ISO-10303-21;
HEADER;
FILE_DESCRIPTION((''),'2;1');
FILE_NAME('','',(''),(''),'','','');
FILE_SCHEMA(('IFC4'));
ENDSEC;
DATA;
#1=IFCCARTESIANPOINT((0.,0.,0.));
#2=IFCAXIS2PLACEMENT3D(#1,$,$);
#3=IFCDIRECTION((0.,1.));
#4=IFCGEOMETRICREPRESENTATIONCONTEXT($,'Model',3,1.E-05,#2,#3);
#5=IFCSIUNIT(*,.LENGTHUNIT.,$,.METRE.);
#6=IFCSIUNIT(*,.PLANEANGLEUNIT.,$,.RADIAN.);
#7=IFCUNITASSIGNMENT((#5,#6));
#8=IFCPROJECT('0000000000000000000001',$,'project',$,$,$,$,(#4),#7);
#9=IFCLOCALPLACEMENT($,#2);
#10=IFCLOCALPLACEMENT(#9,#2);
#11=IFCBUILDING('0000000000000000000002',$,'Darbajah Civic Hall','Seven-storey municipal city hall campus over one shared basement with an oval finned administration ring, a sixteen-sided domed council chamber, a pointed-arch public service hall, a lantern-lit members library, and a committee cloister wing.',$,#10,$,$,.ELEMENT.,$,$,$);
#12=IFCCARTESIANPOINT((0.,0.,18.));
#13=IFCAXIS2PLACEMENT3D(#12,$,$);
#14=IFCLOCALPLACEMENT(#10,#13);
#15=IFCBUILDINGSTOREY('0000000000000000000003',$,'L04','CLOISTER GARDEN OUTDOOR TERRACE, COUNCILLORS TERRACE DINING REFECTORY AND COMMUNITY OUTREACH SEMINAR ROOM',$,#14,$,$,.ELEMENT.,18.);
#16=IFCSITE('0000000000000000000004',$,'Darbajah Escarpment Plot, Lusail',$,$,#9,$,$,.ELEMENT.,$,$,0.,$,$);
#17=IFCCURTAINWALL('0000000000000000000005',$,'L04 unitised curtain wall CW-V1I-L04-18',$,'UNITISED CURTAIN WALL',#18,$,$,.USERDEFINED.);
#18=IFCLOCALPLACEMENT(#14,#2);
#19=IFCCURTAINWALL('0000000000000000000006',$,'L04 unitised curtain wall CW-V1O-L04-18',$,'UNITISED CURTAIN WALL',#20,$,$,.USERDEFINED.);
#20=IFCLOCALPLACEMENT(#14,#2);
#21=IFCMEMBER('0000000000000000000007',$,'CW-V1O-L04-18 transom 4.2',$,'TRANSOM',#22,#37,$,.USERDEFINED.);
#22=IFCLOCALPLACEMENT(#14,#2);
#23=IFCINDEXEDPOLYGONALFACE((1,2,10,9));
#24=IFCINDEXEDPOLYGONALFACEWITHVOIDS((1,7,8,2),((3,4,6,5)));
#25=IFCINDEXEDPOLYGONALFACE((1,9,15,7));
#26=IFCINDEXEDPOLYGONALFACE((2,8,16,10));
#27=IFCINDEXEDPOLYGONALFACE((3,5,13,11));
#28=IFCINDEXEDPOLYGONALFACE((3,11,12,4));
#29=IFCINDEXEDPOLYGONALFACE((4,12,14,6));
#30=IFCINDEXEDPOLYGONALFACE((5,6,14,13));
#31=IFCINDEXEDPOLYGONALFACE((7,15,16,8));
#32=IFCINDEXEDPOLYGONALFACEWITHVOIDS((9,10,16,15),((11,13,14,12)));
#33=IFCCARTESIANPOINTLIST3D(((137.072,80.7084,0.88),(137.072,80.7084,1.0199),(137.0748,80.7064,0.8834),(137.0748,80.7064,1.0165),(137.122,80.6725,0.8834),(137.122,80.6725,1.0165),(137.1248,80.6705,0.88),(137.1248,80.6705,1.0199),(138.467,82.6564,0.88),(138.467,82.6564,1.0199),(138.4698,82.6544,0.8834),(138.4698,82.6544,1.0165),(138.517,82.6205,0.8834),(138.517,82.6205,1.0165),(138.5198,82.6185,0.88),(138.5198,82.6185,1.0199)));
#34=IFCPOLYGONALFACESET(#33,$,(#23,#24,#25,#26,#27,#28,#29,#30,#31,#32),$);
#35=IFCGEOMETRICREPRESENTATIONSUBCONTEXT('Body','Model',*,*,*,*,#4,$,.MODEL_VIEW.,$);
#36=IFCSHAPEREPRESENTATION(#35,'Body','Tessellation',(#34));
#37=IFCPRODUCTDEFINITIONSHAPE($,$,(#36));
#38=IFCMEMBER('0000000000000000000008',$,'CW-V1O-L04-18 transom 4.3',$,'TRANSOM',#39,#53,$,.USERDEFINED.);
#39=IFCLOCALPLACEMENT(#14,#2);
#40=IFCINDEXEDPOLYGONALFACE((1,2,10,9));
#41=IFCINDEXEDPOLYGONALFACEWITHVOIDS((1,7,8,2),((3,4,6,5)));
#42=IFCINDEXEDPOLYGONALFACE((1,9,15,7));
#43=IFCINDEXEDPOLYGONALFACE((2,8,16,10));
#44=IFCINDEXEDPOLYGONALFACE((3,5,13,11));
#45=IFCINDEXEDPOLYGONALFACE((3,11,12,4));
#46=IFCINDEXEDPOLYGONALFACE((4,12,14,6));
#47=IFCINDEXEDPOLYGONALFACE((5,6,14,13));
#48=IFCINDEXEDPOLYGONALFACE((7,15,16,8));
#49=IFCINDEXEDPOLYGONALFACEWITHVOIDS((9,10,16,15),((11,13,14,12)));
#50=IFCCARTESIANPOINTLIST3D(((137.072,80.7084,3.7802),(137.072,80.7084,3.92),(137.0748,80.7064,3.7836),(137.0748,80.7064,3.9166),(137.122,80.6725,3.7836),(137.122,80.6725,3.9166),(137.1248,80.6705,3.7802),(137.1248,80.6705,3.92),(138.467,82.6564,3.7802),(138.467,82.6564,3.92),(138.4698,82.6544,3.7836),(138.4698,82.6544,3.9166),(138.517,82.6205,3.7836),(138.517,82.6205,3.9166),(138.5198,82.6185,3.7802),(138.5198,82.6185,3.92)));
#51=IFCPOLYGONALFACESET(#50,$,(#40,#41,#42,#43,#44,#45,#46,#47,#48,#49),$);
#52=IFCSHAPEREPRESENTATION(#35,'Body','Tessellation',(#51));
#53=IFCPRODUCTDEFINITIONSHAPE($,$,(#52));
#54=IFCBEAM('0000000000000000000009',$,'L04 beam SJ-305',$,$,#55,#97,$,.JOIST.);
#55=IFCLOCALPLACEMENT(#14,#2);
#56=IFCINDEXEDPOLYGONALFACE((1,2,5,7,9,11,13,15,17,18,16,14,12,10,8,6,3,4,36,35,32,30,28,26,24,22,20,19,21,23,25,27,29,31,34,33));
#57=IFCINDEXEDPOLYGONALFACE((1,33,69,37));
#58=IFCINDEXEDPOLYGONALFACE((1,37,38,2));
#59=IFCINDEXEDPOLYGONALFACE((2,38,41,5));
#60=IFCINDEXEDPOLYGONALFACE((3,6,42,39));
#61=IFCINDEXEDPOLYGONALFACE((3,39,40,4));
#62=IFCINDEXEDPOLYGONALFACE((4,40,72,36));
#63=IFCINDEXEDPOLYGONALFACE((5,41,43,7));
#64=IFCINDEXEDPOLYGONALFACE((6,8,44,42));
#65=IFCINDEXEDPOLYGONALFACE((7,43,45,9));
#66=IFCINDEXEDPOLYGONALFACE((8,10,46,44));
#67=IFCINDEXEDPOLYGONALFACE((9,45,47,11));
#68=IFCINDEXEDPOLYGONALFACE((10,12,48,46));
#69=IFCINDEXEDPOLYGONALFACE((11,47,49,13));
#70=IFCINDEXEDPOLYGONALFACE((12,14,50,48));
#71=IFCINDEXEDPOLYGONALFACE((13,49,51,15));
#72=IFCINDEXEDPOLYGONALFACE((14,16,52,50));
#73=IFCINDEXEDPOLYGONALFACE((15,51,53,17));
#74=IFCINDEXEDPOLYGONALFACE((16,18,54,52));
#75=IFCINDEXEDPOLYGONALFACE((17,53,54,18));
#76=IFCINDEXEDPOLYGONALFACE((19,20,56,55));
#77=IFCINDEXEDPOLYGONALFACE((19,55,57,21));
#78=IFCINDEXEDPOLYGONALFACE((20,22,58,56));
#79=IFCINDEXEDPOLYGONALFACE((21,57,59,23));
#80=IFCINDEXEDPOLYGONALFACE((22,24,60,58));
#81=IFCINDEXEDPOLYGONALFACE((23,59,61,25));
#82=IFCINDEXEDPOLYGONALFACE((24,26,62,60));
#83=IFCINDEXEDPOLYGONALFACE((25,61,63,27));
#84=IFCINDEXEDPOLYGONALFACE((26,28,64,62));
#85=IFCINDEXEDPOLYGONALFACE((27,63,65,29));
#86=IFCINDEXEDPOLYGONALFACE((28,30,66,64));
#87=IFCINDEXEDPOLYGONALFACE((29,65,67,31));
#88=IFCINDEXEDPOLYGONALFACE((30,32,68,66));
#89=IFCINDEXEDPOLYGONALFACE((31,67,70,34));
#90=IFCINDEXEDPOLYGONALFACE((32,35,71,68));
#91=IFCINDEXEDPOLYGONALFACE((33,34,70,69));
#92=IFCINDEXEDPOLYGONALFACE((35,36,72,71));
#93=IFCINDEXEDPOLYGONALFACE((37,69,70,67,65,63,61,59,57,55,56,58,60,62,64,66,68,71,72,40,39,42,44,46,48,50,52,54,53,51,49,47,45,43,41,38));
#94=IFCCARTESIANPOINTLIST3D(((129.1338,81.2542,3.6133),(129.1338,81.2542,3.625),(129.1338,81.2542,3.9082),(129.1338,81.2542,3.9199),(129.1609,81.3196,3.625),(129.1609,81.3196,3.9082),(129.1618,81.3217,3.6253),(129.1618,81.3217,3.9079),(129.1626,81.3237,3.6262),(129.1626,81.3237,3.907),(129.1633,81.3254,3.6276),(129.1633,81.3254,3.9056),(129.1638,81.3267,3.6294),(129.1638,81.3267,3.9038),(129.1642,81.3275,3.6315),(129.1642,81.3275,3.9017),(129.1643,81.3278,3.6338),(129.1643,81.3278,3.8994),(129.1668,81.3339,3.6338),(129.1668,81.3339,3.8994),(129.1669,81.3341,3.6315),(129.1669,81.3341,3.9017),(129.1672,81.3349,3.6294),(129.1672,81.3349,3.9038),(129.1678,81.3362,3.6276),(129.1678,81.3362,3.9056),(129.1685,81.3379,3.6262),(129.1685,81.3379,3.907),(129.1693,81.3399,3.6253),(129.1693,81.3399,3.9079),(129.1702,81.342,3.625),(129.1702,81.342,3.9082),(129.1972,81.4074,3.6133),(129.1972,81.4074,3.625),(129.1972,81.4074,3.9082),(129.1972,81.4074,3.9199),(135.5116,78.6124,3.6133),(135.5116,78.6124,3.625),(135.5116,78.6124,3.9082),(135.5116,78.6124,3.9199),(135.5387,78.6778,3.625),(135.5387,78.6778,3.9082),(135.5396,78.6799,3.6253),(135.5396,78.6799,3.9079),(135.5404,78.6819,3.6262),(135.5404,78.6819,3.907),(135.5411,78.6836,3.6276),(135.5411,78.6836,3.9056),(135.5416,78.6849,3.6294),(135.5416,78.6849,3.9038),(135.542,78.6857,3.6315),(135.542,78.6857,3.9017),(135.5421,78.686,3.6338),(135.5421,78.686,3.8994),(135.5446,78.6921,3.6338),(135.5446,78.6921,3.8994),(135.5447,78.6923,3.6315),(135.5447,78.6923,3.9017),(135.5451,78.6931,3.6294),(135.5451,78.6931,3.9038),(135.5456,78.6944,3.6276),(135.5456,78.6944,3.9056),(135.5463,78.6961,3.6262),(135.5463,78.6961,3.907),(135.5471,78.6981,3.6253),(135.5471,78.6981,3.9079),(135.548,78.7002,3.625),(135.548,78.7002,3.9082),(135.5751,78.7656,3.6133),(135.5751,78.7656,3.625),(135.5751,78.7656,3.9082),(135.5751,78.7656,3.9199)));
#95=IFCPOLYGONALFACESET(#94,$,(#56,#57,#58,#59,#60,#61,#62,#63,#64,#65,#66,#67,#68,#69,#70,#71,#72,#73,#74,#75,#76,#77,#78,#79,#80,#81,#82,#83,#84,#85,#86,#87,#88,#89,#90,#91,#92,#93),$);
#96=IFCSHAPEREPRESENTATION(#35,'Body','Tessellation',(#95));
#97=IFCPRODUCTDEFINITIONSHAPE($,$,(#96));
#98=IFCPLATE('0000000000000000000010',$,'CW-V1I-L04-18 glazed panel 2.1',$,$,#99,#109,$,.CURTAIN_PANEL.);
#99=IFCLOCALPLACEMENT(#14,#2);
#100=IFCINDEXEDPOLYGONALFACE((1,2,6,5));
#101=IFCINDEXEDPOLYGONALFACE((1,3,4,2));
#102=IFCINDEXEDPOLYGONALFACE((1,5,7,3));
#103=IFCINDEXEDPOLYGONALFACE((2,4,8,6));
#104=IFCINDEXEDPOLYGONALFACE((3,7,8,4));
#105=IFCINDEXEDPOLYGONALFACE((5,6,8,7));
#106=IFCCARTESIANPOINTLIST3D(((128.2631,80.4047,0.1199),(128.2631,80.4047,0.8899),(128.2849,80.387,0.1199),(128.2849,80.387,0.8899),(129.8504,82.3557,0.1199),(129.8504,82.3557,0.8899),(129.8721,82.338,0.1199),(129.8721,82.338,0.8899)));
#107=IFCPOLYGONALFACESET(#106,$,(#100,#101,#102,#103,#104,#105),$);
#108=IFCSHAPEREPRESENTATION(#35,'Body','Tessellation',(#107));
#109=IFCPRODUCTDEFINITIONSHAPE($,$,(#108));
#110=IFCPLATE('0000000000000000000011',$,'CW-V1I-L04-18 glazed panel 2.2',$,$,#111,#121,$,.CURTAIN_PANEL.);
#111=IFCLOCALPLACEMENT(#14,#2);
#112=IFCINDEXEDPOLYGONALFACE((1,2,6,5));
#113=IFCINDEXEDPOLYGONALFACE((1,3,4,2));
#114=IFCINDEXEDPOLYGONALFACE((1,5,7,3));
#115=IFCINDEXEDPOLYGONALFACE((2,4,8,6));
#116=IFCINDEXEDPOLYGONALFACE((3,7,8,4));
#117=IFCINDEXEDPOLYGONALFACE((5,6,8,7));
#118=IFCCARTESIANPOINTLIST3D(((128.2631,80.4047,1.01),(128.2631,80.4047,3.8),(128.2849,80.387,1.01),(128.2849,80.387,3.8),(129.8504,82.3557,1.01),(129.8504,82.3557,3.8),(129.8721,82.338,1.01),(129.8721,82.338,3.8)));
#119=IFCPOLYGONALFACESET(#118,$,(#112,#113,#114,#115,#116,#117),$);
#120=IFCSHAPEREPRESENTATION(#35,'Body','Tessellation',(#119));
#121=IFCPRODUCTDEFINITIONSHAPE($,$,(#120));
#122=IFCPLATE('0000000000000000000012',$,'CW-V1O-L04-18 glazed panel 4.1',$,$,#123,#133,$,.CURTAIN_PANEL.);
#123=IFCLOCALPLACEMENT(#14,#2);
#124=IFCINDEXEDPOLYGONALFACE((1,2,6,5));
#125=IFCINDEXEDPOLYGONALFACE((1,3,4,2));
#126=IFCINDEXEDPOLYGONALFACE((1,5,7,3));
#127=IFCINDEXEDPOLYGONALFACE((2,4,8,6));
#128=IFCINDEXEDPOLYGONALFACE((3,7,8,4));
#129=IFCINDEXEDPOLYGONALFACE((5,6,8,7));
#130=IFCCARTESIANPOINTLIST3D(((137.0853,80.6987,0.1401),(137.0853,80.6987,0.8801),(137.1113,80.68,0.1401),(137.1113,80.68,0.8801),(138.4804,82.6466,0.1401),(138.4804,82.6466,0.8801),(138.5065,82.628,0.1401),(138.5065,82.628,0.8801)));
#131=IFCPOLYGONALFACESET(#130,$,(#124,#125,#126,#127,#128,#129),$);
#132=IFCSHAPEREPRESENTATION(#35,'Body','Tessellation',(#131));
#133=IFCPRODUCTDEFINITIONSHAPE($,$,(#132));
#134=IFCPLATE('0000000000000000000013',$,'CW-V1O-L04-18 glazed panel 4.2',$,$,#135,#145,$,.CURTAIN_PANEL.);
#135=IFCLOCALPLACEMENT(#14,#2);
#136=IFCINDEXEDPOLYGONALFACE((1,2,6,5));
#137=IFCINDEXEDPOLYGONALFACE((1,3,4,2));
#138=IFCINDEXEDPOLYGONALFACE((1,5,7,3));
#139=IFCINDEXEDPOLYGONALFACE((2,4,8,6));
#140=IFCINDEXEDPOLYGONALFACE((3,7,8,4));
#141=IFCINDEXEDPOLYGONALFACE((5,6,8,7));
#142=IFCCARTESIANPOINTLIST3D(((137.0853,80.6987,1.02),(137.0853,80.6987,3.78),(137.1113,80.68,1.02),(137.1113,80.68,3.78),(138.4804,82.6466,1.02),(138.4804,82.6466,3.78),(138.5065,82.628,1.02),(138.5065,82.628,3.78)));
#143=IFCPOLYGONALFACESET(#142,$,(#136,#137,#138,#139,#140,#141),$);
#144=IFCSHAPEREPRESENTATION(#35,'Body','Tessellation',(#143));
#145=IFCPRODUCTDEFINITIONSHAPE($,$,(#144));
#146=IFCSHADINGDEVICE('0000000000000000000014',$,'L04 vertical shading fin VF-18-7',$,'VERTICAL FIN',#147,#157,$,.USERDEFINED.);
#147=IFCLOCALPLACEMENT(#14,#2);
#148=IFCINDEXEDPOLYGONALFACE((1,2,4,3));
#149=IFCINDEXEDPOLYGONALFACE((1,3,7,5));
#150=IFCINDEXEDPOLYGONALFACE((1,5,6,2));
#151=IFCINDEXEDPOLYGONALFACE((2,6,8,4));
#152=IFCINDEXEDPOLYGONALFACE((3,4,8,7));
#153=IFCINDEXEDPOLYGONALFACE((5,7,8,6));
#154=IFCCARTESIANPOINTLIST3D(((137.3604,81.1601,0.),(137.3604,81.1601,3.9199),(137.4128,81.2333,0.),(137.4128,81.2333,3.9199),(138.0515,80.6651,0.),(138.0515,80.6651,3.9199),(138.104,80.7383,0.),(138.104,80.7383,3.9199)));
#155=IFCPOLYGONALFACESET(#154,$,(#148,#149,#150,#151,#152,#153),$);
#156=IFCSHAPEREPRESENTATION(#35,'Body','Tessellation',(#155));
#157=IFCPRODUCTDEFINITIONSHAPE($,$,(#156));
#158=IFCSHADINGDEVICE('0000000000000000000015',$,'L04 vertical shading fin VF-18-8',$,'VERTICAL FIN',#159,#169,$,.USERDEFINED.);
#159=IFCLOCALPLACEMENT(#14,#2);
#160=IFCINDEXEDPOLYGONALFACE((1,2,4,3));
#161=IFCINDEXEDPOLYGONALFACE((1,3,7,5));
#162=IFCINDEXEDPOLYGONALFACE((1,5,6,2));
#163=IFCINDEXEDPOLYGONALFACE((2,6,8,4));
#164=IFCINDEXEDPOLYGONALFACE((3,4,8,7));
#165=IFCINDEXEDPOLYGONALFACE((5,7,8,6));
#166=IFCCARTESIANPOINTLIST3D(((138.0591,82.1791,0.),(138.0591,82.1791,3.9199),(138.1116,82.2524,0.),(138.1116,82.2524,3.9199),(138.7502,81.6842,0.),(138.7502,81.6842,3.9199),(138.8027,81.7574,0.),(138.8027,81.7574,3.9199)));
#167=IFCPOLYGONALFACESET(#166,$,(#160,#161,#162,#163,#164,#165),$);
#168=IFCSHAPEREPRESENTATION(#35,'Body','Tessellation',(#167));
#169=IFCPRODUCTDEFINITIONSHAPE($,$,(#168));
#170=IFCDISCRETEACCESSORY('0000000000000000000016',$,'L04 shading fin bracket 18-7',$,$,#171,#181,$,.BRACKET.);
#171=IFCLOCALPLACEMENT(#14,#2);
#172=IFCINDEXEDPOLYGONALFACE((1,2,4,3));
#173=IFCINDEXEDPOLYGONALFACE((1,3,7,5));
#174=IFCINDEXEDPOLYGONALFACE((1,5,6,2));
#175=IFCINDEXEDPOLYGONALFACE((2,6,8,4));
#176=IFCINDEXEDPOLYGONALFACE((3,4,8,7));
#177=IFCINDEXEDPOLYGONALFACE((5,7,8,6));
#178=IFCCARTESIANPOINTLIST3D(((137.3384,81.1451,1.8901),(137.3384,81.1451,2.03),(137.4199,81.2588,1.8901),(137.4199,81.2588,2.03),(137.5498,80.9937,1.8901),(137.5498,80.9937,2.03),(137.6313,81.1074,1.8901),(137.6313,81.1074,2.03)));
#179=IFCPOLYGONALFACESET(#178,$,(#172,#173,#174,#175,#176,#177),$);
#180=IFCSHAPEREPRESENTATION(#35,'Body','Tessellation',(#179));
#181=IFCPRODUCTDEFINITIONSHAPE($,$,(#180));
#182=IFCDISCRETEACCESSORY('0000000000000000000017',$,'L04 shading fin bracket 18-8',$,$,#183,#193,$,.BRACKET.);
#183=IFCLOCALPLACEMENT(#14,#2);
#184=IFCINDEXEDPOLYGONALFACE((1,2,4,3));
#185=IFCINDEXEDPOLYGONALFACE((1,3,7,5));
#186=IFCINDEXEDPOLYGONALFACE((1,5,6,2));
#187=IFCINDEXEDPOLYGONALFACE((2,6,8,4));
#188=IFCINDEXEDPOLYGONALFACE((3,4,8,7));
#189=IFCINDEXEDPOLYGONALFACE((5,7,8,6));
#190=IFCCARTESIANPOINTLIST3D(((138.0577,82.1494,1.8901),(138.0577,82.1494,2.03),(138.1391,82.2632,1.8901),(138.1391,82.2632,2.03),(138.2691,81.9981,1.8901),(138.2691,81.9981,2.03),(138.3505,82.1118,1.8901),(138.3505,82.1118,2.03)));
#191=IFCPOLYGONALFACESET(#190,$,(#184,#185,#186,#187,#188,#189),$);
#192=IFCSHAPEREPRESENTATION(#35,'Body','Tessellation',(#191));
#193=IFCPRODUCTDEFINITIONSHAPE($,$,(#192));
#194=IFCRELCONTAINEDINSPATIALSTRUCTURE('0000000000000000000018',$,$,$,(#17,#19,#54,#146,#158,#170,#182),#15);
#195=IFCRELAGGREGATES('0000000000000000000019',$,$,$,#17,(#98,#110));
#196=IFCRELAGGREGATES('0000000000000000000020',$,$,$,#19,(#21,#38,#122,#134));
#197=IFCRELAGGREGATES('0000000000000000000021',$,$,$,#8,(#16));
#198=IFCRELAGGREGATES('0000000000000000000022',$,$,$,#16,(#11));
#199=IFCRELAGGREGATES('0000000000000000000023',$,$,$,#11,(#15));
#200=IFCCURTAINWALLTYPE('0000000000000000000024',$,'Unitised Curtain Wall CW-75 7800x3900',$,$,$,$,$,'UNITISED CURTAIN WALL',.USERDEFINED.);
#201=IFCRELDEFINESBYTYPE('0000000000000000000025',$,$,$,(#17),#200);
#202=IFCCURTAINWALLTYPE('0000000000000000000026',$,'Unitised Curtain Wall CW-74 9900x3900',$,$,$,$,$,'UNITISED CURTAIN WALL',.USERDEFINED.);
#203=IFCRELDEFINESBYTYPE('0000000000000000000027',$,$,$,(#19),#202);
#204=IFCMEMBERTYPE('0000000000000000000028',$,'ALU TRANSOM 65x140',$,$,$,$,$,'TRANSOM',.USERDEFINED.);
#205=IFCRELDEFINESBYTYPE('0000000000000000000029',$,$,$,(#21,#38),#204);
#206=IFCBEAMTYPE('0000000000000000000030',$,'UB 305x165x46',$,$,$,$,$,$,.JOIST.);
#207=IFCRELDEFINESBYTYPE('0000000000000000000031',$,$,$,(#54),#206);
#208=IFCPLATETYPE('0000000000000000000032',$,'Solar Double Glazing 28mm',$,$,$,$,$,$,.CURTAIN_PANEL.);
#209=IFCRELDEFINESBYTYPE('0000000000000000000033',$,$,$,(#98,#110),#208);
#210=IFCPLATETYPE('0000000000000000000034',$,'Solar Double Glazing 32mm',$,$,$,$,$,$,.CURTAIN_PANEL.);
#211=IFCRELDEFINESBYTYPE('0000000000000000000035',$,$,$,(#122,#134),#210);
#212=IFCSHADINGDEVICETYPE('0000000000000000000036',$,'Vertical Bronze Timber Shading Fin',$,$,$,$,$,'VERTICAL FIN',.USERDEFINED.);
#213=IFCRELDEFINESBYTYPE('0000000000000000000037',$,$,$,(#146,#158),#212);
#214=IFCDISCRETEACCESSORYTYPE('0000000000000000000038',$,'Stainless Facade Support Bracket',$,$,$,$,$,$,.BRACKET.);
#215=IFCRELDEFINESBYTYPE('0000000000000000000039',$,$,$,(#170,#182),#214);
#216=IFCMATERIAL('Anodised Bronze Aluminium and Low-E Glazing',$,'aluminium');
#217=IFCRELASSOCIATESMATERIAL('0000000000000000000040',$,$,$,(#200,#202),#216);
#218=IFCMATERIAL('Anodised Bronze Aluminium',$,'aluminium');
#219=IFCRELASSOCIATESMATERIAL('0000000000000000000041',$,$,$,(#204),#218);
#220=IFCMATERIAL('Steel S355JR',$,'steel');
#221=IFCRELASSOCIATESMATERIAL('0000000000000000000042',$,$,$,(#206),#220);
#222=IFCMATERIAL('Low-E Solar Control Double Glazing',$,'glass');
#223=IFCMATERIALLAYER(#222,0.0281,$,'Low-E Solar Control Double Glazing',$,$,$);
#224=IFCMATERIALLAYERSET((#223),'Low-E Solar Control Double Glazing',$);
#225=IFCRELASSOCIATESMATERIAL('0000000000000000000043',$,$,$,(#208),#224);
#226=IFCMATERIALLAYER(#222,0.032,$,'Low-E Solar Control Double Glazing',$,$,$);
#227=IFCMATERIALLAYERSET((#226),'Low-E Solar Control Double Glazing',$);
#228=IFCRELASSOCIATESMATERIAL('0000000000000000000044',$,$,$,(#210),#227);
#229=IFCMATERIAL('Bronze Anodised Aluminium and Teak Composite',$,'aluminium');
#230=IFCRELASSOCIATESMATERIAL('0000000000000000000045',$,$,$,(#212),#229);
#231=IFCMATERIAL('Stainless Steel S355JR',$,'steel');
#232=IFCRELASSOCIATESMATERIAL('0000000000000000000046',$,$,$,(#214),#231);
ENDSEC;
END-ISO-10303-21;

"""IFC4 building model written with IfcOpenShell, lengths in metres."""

from ifc_helpers import new_model, si_unit, direction, frame, origin, origin_2d, place, context, subcontext, project, spatial, rectangle, hollow_rectangle, i_section, extrude, material, layer, layer_set, material_profile, profile_set, type_object, element, aggregate, save


model = new_model("IFC4")

# Units and contexts
model_context = context("Model", 3, precision=1e-05, world=origin(), true_north=direction((0.0, 1.0)))
body_context = subcontext(model_context, "Body", "Model", "MODEL_VIEW")
ifc_project = project(units=[si_unit("LENGTHUNIT", "METRE"), si_unit("PLANEANGLEUNIT", "RADIAN")], contexts=[model_context])

# Site, building, storey
site_placement = place(None, origin())
site = spatial("IfcSite", under=ifc_project, at=site_placement, Name="Darbajah Escarpment Plot, Lusail", CompositionType="ELEMENT", RefElevation=0.0)
building_placement = place(site_placement, origin())
building = spatial("IfcBuilding", under=site, at=building_placement, Name="Darbajah Civic Hall", Description="Seven-storey municipal city hall campus over one shared basement with an oval finned administration ring, a sixteen-sided domed council chamber, a pointed-arch public service hall, a lantern-lit members library, and a committee cloister wing.", CompositionType="ELEMENT")
storey_placement = place(building_placement, frame((0.0, 0.0, 18.0)))
storey = spatial("IfcBuildingStorey", under=building, at=storey_placement, Name="L04", Description="CLOISTER GARDEN OUTDOOR TERRACE, COUNCILLORS TERRACE DINING REFECTORY AND COMMUNITY OUTREACH SEMINAR ROOM", CompositionType="ELEMENT", Elevation=18.0)

# Curtain wall
ifc_material_1 = material(Name="Anodised Bronze Aluminium and Low-E Glazing", Category="aluminium")
curtain_wall_type_1 = type_object("IfcCurtainWallType", Name="Unitised Curtain Wall CW-75 7800x3900", ElementType="UNITISED CURTAIN WALL", PredefinedType="USERDEFINED", material=ifc_material_1)
curtain_wall_1_placement = place(storey_placement, origin())
curtain_wall_1 = element("IfcCurtainWall", 1, at=curtain_wall_1_placement, inside=storey, type_object=curtain_wall_type_1, Name="L04 unitised curtain wall CW-V1I-L04-18", ObjectType="UNITISED CURTAIN WALL", PredefinedType="USERDEFINED")
ifc_material_2 = material(Name="Anodised Bronze Aluminium", Category="aluminium")

# Curtain wall
curtain_wall_type_2 = type_object("IfcCurtainWallType", Name="Unitised Curtain Wall CW-74 9900x3900", ElementType="UNITISED CURTAIN WALL", PredefinedType="USERDEFINED", material=ifc_material_1)
curtain_wall_2_placement = place(storey_placement, origin())
curtain_wall_2 = element("IfcCurtainWall", 2, at=curtain_wall_2_placement, inside=storey, type_object=curtain_wall_type_2, Name="L04 unitised curtain wall CW-V1O-L04-18", ObjectType="UNITISED CURTAIN WALL", PredefinedType="USERDEFINED")

# Members
ifc_material_profile_1 = material_profile(ifc_material_2, hollow_rectangle(XDim=0.0649, YDim=0.1399, WallThickness=0.0034, at=origin_2d()), Name="ALU TRANSOM 65x140")
ifc_profile_set_1 = profile_set([ifc_material_profile_1], Name="Anodised Bronze Aluminium")
member_type_1 = type_object("IfcMemberType", Name="ALU TRANSOM 65x140", ElementType="TRANSOM", PredefinedType="USERDEFINED", material=ifc_profile_set_1)
member_1_placement = place(storey_placement, frame((137.0984, 80.6895, 0.95), z_axis=(0.582231, 0.813024, 0.0), x_axis=(-0.813024, 0.582231, 0.0)))
member_1 = element("IfcMember", 3, at=member_1_placement, type_object=member_type_1, Name="CW-V1O-L04-18 transom 4.2", ObjectType="TRANSOM", PredefinedType="USERDEFINED", context=body_context, shape_type="SweptSolid", body=[
    extrude(hollow_rectangle(XDim=0.0649, YDim=0.1399, WallThickness=0.0034, at=origin_2d()), origin(), (0.0, 0.0, 1.0), 2.396),
])
member_2_placement = place(storey_placement, frame((137.0984, 80.6895, 3.8501), z_axis=(0.582231, 0.813024, 0.0), x_axis=(-0.813024, 0.582231, 0.0)))
member_2 = element("IfcMember", 4, at=member_2_placement, type_object=member_type_1, Name="CW-V1O-L04-18 transom 4.3", ObjectType="TRANSOM", PredefinedType="USERDEFINED", context=body_context, shape_type="SweptSolid", body=[
    extrude(hollow_rectangle(XDim=0.0649, YDim=0.1399, WallThickness=0.0034, at=origin_2d()), origin(), (0.0, 0.0, 1.0), 2.396),
])

# Beam
ifc_material_3 = material(Name="Steel S355JR", Category="steel")
ifc_material_profile_2 = material_profile(ifc_material_3, i_section(OverallWidth=0.1658, OverallDepth=0.3066, WebThickness=0.0066, FlangeThickness=0.0117, FilletRadius=0.0088, at=origin_2d()), Name="UB 305x165x46")
ifc_profile_set_2 = profile_set([ifc_material_profile_2], Name="Steel S355JR")
beam_type = type_object("IfcBeamType", Name="UB 305x165x46", PredefinedType="JOIST", material=ifc_profile_set_2)
beam_placement = place(storey_placement, frame((129.1655, 81.3308, 3.7666), z_axis=(0.923878, -0.382686, 0.0), x_axis=(0.382686, 0.923878, 0.0)))
element("IfcBeam", 5, at=beam_placement, inside=storey, type_object=beam_type, Name="L04 beam SJ-305", PredefinedType="JOIST", context=body_context, shape_type="SweptSolid", body=[
    extrude(i_section(OverallWidth=0.1658, OverallDepth=0.3066, WebThickness=0.0066, FlangeThickness=0.0117, FilletRadius=0.0088, at=origin_2d()), origin(), (0.0, 0.0, 1.0), 6.9033),
])

# Plates
ifc_material_4 = material(Name="Low-E Solar Control Double Glazing", Category="glass")
ifc_layer_1 = layer(ifc_material_4, 0.0281, Name="Low-E Solar Control Double Glazing")
ifc_layer_set_1 = layer_set([ifc_layer_1], Name="Low-E Solar Control Double Glazing")
plate_type_1 = type_object("IfcPlateType", Name="Solar Double Glazing 28mm", PredefinedType="CURTAIN_PANEL", material=ifc_layer_set_1)
plate_1_placement = place(storey_placement, frame((129.0676, 81.3713, 0.1199), z_axis=(0.0, 0.0, 1.0), x_axis=(0.631082, 0.775716, 0.0)))
plate_1 = element("IfcPlate", 6, at=plate_1_placement, type_object=plate_type_1, Name="CW-V1I-L04-18 glazed panel 2.1", PredefinedType="CURTAIN_PANEL", context=body_context, shape_type="SweptSolid", body=[
    extrude(rectangle(XDim=2.5151, YDim=0.0281, at=origin_2d()), origin(), (0.0, 0.0, 1.0), 0.77),
])
plate_2_placement = place(storey_placement, frame((129.0676, 81.3713, 1.01), z_axis=(0.0, 0.0, 1.0), x_axis=(0.631082, 0.775716, 0.0)))
plate_2 = element("IfcPlate", 7, at=plate_2_placement, type_object=plate_type_1, Name="CW-V1I-L04-18 glazed panel 2.2", PredefinedType="CURTAIN_PANEL", context=body_context, shape_type="SweptSolid", body=[
    extrude(rectangle(XDim=2.5151, YDim=0.0281, at=origin_2d()), origin(), (0.0, 0.0, 1.0), 2.79),
])
aggregate(curtain_wall_1, [plate_1, plate_2])
ifc_layer_2 = layer(ifc_material_4, 0.032, Name="Low-E Solar Control Double Glazing")
ifc_layer_set_2 = layer_set([ifc_layer_2], Name="Low-E Solar Control Double Glazing")
plate_type_2 = type_object("IfcPlateType", Name="Solar Double Glazing 32mm", PredefinedType="CURTAIN_PANEL", material=ifc_layer_set_2)
plate_3_placement = place(storey_placement, frame((137.7959, 81.6633, 0.1401), z_axis=(0.0, 0.0, 1.0), x_axis=(0.582265, 0.812999, 0.0)))
plate_3 = element("IfcPlate", 8, at=plate_3_placement, type_object=plate_type_2, Name="CW-V1O-L04-18 glazed panel 4.1", PredefinedType="CURTAIN_PANEL", context=body_context, shape_type="SweptSolid", body=[
    extrude(rectangle(XDim=2.396, YDim=0.032, at=origin_2d()), origin(), (0.0, 0.0, 1.0), 0.74),
])
plate_4_placement = place(storey_placement, frame((137.7959, 81.6633, 1.02), z_axis=(0.0, 0.0, 1.0), x_axis=(0.582265, 0.812999, 0.0)))
plate_4 = element("IfcPlate", 9, at=plate_4_placement, type_object=plate_type_2, Name="CW-V1O-L04-18 glazed panel 4.2", PredefinedType="CURTAIN_PANEL", context=body_context, shape_type="SweptSolid", body=[
    extrude(rectangle(XDim=2.396, YDim=0.032, at=origin_2d()), origin(), (0.0, 0.0, 1.0), 2.76),
])
aggregate(curtain_wall_2, [member_1, member_2, plate_3, plate_4])

# Shading devices
ifc_material_5 = material(Name="Bronze Anodised Aluminium and Teak Composite", Category="aluminium")
shading_device_type = type_object("IfcShadingDeviceType", Name="Vertical Bronze Timber Shading Fin", ElementType="VERTICAL FIN", PredefinedType="USERDEFINED", material=ifc_material_5)
for number, where, z_axis, x_axis, name in (
    (10, (137.7322, 80.9492, 0.0), (0.0, 0.0, 1.0), (0.812999, -0.582265, 0.0), "L04 vertical shading fin VF-18-7"),
    (11, (138.4309, 81.9683, 0.0), (0.0, 0.0, 1.0), (0.812999, -0.582265, 0.0), "L04 vertical shading fin VF-18-8"),
):
    element("IfcShadingDevice", number, at=place(storey_placement, frame(where, z_axis=z_axis, x_axis=x_axis)), inside=storey, type_object=shading_device_type, Name=name, ObjectType="VERTICAL FIN", PredefinedType="USERDEFINED", context=body_context, shape_type="SweptSolid", body=[
        extrude(rectangle(XDim=0.8501, YDim=0.0901, at=origin_2d()), origin(), (0.0, 0.0, 1.0), 3.9199),
    ])

# Discrete accessories
ifc_material_6 = material(Name="Stainless Steel S355JR", Category="steel")
discrete_accessory_type = type_object("IfcDiscreteAccessoryType", Name="Stainless Facade Support Bracket", PredefinedType="BRACKET", material=ifc_material_6)
for number, where, z_axis, x_axis, name in (
    (12, (137.4849, 81.1262, 1.8901), (0.0, 0.0, 1.0), (0.812999, -0.582265, 0.0), "L04 shading fin bracket 18-7"),
    (13, (138.2041, 82.1306, 1.8901), (0.0, 0.0, 1.0), (0.812999, -0.582265, 0.0), "L04 shading fin bracket 18-8"),
):
    element("IfcDiscreteAccessory", number, at=place(storey_placement, frame(where, z_axis=z_axis, x_axis=x_axis)), inside=storey, type_object=discrete_accessory_type, Name=name, PredefinedType="BRACKET", context=body_context, shape_type="SweptSolid", body=[
        extrude(rectangle(XDim=0.26, YDim=0.1399, at=origin_2d()), origin(), (0.0, 0.0, 1.0), 0.1399),
    ])

save(model, "model.ifc")
